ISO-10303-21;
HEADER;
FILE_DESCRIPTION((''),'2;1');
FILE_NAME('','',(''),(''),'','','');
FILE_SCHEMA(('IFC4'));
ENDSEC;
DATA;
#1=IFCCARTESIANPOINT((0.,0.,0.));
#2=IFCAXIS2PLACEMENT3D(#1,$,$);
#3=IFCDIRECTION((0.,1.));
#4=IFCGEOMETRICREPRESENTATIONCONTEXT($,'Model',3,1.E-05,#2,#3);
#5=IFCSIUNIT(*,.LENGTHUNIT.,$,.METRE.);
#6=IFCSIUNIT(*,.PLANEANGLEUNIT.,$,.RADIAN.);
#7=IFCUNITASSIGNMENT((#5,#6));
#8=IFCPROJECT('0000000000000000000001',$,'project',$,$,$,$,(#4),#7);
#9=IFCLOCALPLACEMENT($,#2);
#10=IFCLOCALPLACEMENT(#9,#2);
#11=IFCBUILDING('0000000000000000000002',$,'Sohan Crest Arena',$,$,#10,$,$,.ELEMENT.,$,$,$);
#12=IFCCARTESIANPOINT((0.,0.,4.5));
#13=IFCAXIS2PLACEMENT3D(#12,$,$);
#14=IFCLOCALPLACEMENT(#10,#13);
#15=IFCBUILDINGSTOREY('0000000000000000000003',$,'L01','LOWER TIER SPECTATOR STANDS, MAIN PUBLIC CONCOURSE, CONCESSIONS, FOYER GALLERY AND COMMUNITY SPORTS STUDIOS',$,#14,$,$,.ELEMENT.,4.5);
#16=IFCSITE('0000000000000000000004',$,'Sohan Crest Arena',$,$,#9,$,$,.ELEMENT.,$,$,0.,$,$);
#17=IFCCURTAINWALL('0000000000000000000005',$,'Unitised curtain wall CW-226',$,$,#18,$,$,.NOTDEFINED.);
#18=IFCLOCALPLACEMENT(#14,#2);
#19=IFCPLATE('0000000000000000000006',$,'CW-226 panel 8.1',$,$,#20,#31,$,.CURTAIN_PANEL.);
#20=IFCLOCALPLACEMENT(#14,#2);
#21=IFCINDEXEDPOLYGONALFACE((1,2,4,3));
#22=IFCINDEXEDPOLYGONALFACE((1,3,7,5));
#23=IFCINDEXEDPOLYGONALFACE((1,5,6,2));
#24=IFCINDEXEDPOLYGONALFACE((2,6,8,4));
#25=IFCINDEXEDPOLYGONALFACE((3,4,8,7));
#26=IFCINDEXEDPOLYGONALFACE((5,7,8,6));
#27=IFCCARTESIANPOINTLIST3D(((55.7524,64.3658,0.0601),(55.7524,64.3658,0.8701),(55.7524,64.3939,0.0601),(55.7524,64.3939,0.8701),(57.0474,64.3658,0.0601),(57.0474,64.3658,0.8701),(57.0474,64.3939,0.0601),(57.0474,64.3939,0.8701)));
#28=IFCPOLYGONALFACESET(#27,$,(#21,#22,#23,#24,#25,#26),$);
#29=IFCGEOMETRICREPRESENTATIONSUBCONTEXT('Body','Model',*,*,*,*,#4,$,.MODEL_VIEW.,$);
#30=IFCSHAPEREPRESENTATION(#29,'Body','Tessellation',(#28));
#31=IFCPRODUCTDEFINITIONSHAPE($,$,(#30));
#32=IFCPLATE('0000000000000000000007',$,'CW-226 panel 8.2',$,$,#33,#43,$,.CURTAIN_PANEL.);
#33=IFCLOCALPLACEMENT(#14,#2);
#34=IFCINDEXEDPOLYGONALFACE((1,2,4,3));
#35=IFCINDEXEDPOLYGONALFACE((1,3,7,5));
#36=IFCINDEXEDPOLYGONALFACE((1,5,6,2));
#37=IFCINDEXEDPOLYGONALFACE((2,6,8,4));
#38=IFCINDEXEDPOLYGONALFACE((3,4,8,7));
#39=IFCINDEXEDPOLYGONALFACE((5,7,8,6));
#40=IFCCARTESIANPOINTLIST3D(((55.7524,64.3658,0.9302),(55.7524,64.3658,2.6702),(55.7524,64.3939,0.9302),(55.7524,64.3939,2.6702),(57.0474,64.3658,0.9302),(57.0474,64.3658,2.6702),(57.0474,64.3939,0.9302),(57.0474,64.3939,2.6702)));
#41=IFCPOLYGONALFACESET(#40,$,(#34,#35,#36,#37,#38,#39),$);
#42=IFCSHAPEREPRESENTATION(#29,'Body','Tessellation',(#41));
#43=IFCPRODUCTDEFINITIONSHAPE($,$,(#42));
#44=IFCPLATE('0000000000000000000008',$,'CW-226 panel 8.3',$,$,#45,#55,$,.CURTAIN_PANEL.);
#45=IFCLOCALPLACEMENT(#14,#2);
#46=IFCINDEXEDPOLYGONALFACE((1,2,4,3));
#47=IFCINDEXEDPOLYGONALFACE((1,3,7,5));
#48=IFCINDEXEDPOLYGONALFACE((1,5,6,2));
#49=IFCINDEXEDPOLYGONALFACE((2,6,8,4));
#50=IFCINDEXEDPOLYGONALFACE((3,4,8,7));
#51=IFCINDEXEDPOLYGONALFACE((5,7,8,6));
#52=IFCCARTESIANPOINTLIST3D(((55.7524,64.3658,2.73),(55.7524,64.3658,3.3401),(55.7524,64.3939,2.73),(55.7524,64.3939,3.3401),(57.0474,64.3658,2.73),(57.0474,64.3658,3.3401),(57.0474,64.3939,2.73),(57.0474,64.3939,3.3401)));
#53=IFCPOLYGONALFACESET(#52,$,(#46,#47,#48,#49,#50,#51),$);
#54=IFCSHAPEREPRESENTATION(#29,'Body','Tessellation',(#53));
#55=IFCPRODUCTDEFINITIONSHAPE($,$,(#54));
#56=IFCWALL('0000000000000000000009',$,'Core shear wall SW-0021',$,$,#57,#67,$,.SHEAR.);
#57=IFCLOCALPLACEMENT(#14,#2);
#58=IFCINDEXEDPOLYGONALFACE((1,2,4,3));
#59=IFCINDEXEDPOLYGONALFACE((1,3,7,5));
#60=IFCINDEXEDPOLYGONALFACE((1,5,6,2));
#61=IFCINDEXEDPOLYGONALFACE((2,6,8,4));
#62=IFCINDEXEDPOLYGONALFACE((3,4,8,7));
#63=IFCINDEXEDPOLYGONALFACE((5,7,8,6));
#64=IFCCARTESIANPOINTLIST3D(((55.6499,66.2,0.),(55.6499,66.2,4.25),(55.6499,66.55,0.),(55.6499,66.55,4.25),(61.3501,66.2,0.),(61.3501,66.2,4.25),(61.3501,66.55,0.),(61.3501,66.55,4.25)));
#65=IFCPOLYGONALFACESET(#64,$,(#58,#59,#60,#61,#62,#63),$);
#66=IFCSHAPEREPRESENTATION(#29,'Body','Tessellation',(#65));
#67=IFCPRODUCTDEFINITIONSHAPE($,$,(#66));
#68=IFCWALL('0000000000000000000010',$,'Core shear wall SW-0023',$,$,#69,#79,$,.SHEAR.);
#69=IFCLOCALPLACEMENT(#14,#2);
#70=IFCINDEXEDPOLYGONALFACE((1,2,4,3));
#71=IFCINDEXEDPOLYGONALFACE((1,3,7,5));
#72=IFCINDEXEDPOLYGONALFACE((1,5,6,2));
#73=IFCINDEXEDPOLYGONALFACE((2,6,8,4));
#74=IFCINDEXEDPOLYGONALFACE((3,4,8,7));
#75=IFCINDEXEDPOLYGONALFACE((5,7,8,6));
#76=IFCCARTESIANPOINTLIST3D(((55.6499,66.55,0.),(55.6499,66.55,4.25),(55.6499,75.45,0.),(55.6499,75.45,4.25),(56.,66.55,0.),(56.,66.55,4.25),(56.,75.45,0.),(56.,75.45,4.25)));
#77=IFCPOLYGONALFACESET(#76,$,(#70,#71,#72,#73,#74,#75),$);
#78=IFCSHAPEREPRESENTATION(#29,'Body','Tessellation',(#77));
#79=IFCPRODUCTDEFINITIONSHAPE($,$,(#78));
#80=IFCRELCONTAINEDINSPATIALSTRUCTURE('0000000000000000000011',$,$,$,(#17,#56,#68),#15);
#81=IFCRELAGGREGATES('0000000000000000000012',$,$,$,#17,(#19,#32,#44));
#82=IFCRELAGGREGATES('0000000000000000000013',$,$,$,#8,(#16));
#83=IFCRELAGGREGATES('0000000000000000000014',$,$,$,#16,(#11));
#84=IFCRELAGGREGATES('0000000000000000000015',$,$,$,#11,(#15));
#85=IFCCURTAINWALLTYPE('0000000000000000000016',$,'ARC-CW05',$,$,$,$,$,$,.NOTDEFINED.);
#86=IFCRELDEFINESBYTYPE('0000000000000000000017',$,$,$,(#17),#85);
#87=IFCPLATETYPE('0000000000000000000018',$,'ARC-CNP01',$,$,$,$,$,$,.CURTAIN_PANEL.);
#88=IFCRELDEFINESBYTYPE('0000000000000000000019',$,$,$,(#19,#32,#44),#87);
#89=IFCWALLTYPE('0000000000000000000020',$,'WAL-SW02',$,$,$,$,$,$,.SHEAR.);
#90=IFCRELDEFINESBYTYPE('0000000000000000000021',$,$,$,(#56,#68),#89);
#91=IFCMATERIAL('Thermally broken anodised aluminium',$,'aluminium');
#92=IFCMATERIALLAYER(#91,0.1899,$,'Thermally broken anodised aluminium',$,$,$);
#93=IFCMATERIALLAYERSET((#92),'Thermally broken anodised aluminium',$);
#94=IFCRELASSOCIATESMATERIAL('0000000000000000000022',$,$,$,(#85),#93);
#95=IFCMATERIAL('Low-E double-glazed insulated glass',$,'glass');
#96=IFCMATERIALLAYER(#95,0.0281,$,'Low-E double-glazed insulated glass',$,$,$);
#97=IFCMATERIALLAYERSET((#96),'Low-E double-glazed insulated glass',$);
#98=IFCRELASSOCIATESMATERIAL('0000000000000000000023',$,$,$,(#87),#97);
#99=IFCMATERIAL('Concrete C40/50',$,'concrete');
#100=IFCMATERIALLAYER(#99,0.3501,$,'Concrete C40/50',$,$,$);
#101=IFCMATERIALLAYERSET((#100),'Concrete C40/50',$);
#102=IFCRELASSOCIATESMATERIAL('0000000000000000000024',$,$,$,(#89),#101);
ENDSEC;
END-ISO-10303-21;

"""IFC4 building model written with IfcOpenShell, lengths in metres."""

from ifc_helpers import new_model, si_unit, direction, frame, frame_2d, origin, origin_2d, place, context, subcontext, project, spatial, rectangle, extrude, material, layer, layer_set, type_object, element, aggregate, save


model = new_model("IFC4")

# Units and contexts
model_context = context("Model", 3, precision=1e-05, world=origin(), true_north=direction((0.0, 1.0)))
body_context = subcontext(model_context, "Body", "Model", "MODEL_VIEW")
ifc_project = project(units=[si_unit("LENGTHUNIT", "METRE"), si_unit("PLANEANGLEUNIT", "RADIAN")], contexts=[model_context])

# Site, building, storey
site_placement = place(None, origin())
site = spatial("IfcSite", under=ifc_project, at=site_placement, Name="Sohan Crest Arena", CompositionType="ELEMENT", RefElevation=0.0)
building_placement = place(site_placement, origin())
building = spatial("IfcBuilding", under=site, at=building_placement, Name="Sohan Crest Arena", CompositionType="ELEMENT")
storey_placement = place(building_placement, frame((0.0, 0.0, 4.5)))
storey = spatial("IfcBuildingStorey", under=building, at=storey_placement, Name="L01", Description="LOWER TIER SPECTATOR STANDS, MAIN PUBLIC CONCOURSE, CONCESSIONS, FOYER GALLERY AND COMMUNITY SPORTS STUDIOS", CompositionType="ELEMENT", Elevation=4.5)

# Curtain wall
ifc_material_1 = material(Name="Thermally broken anodised aluminium", Category="aluminium")
ifc_layer_1 = layer(ifc_material_1, 0.1899, Name="Thermally broken anodised aluminium")
ifc_layer_set_1 = layer_set([ifc_layer_1], Name="Thermally broken anodised aluminium")
curtain_wall_type = type_object("IfcCurtainWallType", Name="ARC-CW05", PredefinedType="NOTDEFINED", material=ifc_layer_set_1)
curtain_wall_placement = place(storey_placement, origin())
curtain_wall = element("IfcCurtainWall", 1, at=curtain_wall_placement, inside=storey, type_object=curtain_wall_type, Name="Unitised curtain wall CW-226", PredefinedType="NOTDEFINED")

# Plates
ifc_material_2 = material(Name="Low-E double-glazed insulated glass", Category="glass")
ifc_layer_2 = layer(ifc_material_2, 0.0281, Name="Low-E double-glazed insulated glass")
ifc_layer_set_2 = layer_set([ifc_layer_2], Name="Low-E double-glazed insulated glass")
plate_type = type_object("IfcPlateType", Name="ARC-CNP01", PredefinedType="CURTAIN_PANEL", material=ifc_layer_set_2)
plate_1_placement = place(storey_placement, frame((56.3999, 64.3799, 0.0601), z_axis=(0.0, 0.0, 1.0), x_axis=(1.0, 0.0, 0.0)))
plate_1 = element("IfcPlate", 2, at=plate_1_placement, type_object=plate_type, Name="CW-226 panel 8.1", PredefinedType="CURTAIN_PANEL", context=body_context, shape_type="SweptSolid", body=[
    extrude(rectangle(XDim=1.2949, YDim=0.0281, at=origin_2d()), origin(), (0.0, 0.0, 1.0), 0.8101),
])
plate_2_placement = place(storey_placement, frame((56.3999, 64.3799, 0.9302), z_axis=(0.0, 0.0, 1.0), x_axis=(1.0, 0.0, 0.0)))
plate_2 = element("IfcPlate", 3, at=plate_2_placement, type_object=plate_type, Name="CW-226 panel 8.2", PredefinedType="CURTAIN_PANEL", context=body_context, shape_type="SweptSolid", body=[
    extrude(rectangle(XDim=1.2949, YDim=0.0281, at=origin_2d()), origin(), (0.0, 0.0, 1.0), 1.74),
])
plate_3_placement = place(storey_placement, frame((56.3999, 64.3799, 2.73), z_axis=(0.0, 0.0, 1.0), x_axis=(1.0, 0.0, 0.0)))
plate_3 = element("IfcPlate", 4, at=plate_3_placement, type_object=plate_type, Name="CW-226 panel 8.3", PredefinedType="CURTAIN_PANEL", context=body_context, shape_type="SweptSolid", body=[
    extrude(rectangle(XDim=1.2949, YDim=0.0281, at=origin_2d()), origin(), (0.0, 0.0, 1.0), 0.6101),
])
aggregate(curtain_wall, [plate_1, plate_2, plate_3])

# Walls
ifc_material_3 = material(Name="Concrete C40/50", Category="concrete")
ifc_layer_3 = layer(ifc_material_3, 0.3501, Name="Concrete C40/50")
ifc_layer_set_3 = layer_set([ifc_layer_3], Name="Concrete C40/50")
wall_type = type_object("IfcWallType", Name="WAL-SW02", PredefinedType="SHEAR", material=ifc_layer_set_3)
wall_1_placement = place(storey_placement, frame((55.6499, 66.375, 0.0), z_axis=(0.0, 0.0, 1.0), x_axis=(1.0, 0.0, 0.0)))
element("IfcWall", 5, at=wall_1_placement, inside=storey, type_object=wall_type, Name="Core shear wall SW-0021", PredefinedType="SHEAR", context=body_context, shape_type="SweptSolid", body=[
    extrude(rectangle(XDim=5.7002, YDim=0.3501, at=frame_2d((2.8501, 0.0))), origin(), (0.0, 0.0, 1.0), 4.25),
])
wall_2_placement = place(storey_placement, frame((55.825, 66.55, 0.0), z_axis=(0.0, 0.0, 1.0), x_axis=(0.0, 1.0, 0.0)))
element("IfcWall", 6, at=wall_2_placement, inside=storey, type_object=wall_type, Name="Core shear wall SW-0023", PredefinedType="SHEAR", context=body_context, shape_type="SweptSolid", body=[
    extrude(rectangle(XDim=8.8999, YDim=0.3501, at=frame_2d((4.45, 0.0))), origin(), (0.0, 0.0, 1.0), 4.25),
])

save(model, "model.ifc")
